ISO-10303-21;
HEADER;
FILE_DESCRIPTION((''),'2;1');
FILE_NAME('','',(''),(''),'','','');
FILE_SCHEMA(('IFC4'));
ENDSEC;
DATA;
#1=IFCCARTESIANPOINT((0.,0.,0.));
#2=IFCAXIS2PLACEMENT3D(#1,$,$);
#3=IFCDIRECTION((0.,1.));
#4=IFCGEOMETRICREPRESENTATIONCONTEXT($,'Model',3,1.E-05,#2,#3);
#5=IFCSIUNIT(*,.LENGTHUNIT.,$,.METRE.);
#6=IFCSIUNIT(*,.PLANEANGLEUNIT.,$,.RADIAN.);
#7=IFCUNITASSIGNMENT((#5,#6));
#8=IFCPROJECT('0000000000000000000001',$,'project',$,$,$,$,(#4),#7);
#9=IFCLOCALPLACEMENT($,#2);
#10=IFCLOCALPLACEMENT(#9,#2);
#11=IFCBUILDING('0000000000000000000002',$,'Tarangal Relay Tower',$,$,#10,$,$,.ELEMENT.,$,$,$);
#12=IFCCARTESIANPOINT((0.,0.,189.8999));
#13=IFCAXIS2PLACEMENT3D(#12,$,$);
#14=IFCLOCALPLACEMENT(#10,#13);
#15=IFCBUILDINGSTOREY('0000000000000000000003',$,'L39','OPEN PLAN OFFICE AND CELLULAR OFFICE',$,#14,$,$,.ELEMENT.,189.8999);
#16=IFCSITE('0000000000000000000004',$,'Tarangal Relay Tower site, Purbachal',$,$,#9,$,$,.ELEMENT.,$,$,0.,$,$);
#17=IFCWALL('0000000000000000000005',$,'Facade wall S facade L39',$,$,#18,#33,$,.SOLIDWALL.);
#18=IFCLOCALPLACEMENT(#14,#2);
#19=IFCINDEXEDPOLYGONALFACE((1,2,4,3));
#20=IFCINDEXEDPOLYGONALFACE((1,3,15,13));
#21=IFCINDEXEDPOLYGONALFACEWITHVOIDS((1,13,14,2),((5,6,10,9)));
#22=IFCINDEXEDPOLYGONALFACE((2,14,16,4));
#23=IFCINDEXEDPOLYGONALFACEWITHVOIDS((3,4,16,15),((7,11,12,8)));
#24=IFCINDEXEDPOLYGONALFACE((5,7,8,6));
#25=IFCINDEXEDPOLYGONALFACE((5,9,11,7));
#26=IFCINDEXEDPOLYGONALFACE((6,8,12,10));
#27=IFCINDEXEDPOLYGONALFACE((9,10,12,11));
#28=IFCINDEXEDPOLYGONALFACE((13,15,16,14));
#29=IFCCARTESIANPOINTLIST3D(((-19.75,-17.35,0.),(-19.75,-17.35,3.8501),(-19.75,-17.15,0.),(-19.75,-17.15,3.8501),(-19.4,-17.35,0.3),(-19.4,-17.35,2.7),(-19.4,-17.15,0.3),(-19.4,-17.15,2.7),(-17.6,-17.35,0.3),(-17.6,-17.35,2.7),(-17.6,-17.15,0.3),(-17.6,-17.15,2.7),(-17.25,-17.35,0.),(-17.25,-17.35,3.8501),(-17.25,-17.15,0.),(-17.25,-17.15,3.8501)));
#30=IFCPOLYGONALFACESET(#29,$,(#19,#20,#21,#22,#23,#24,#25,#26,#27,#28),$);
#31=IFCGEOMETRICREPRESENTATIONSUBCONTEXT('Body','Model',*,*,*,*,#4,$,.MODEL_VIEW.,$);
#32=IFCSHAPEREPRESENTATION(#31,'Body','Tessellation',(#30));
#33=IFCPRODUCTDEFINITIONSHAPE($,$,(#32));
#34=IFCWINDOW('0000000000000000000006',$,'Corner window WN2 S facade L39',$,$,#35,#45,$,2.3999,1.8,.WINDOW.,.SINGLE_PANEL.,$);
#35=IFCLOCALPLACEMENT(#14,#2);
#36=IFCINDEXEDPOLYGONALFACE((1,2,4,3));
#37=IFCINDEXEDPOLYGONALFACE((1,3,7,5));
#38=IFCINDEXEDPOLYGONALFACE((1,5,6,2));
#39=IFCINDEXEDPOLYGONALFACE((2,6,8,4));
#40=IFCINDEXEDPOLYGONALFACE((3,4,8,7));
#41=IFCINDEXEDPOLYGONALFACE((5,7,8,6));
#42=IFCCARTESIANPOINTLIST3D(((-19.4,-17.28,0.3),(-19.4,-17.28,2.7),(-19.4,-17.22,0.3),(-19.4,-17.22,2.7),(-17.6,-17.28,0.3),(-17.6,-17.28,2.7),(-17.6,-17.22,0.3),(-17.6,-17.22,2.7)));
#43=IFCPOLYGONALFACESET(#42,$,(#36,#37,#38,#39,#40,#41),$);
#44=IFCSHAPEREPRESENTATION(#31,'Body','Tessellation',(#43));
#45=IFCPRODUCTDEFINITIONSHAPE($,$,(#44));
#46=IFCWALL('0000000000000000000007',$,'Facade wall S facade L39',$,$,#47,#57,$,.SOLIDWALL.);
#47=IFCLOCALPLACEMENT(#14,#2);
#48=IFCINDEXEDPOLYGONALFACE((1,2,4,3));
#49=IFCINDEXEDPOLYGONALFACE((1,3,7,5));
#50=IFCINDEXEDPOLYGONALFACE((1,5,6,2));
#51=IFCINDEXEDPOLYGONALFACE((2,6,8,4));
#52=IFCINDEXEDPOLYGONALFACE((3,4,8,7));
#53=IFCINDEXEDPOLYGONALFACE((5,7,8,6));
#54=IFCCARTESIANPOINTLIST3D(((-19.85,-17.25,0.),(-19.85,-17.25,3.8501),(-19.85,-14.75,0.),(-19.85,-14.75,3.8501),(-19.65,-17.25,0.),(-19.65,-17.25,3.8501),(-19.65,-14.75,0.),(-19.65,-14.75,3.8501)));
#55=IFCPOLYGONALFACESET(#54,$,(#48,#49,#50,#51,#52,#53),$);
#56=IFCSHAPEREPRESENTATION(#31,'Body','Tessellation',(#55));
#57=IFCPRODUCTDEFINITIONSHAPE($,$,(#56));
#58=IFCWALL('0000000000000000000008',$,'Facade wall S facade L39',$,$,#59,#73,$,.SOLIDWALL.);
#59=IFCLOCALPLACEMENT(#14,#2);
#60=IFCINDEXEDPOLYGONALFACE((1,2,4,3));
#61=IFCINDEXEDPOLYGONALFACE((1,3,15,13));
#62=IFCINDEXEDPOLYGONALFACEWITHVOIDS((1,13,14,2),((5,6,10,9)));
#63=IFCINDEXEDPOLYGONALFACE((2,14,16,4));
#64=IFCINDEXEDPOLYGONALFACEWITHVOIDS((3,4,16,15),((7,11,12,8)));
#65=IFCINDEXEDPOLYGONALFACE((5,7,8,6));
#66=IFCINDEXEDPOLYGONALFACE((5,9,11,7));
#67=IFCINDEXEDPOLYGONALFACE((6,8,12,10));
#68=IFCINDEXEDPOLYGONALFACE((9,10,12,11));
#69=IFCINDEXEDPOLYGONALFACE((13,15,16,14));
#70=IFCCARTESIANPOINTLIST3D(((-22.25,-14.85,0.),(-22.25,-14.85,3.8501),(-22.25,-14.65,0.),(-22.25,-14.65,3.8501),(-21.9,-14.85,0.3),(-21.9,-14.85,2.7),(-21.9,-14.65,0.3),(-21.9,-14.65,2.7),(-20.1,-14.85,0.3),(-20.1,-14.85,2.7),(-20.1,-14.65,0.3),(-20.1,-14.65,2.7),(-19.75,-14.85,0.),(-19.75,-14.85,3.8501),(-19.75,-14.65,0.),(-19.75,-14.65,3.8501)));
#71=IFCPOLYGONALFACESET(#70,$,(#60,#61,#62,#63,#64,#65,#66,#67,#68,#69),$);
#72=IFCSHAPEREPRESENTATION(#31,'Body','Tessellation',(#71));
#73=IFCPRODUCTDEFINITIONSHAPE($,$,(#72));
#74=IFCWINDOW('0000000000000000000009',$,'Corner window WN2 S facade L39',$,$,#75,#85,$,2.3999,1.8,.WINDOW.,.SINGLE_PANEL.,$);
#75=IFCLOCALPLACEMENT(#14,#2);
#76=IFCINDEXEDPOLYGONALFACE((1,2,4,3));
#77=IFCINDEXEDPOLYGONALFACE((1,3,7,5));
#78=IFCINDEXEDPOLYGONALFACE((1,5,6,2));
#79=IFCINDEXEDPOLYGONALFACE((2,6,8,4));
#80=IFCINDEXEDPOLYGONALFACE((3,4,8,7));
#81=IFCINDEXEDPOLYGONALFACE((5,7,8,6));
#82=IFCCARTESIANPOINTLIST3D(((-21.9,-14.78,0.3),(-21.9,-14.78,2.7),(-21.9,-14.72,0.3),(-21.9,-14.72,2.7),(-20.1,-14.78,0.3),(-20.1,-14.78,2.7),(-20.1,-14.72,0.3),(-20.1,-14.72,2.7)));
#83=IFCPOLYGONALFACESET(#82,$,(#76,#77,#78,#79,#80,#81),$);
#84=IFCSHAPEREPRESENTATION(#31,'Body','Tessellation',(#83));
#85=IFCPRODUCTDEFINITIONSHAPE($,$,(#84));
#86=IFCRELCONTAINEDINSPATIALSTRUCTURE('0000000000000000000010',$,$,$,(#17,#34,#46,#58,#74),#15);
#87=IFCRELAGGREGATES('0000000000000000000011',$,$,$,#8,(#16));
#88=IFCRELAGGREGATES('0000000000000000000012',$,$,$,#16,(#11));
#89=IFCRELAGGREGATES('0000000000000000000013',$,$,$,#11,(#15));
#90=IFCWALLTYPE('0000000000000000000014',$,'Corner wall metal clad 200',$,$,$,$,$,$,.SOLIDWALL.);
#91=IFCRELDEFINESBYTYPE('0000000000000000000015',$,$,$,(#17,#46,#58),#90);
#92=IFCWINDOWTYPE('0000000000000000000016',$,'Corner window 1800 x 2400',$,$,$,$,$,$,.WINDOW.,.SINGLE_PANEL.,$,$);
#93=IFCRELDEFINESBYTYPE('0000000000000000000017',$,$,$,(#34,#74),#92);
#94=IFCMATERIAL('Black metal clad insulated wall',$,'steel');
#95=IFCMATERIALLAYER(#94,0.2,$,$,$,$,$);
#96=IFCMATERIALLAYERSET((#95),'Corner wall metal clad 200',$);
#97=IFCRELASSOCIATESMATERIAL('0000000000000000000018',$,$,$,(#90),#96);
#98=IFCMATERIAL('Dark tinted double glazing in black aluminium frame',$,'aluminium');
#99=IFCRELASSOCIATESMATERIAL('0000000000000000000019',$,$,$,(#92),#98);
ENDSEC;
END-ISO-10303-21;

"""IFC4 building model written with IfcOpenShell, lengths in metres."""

from ifc_helpers import new_model, si_unit, direction, frame, frame_2d, origin, place, context, subcontext, project, spatial, rectangle, extrude, material, layer, layer_set, type_object, element, fill, save


model = new_model("IFC4")

# Units and contexts
model_context = context("Model", 3, precision=1e-05, world=origin(), true_north=direction((0.0, 1.0)))
body_context = subcontext(model_context, "Body", "Model", "MODEL_VIEW")
ifc_project = project(units=[si_unit("LENGTHUNIT", "METRE"), si_unit("PLANEANGLEUNIT", "RADIAN")], contexts=[model_context])

# Site, building, storey
site_placement = place(None, origin())
site = spatial("IfcSite", under=ifc_project, at=site_placement, Name="Tarangal Relay Tower site, Purbachal", CompositionType="ELEMENT", RefElevation=0.0)
building_placement = place(site_placement, origin())
building = spatial("IfcBuilding", under=site, at=building_placement, Name="Tarangal Relay Tower", CompositionType="ELEMENT")
storey_placement = place(building_placement, frame((0.0, 0.0, 189.8999)))
storey = spatial("IfcBuildingStorey", under=building, at=storey_placement, Name="L39", Description="OPEN PLAN OFFICE AND CELLULAR OFFICE", CompositionType="ELEMENT", Elevation=189.8999)

# Wall, opening, window
ifc_material_1 = material(Name="Black metal clad insulated wall", Category="steel")
ifc_layer_1 = layer(ifc_material_1, 0.2)
ifc_layer_set_1 = layer_set([ifc_layer_1], Name="Corner wall metal clad 200")
wall_type_1 = type_object("IfcWallType", Name="Corner wall metal clad 200", PredefinedType="SOLIDWALL", material=ifc_layer_set_1)
wall_1_placement = place(storey_placement, frame((-17.25, -17.25, 0.0), z_axis=(0.0, 0.0, 1.0), x_axis=(-1.0, 0.0, 0.0)))
wall_1 = element("IfcWall", 1, at=wall_1_placement, inside=storey, type_object=wall_type_1, Name="Facade wall S facade L39", PredefinedType="SOLIDWALL", context=body_context, shape_type="SweptSolid", body=[
    extrude(rectangle(XDim=2.5, YDim=0.2, at=frame_2d((1.25, 0.0))), origin(), (0.0, 0.0, 1.0), 3.8501),
])
opening_1_placement = place(wall_1_placement, frame((0.3501, 0.0, 0.3)))
opening_1 = element("IfcOpeningElement", 2, at=opening_1_placement, cuts=wall_1, PredefinedType="OPENING", context=body_context, shape_type="SweptSolid", body=[
    extrude(rectangle(XDim=1.8, YDim=2.3999, at=frame_2d((0.8999, 1.2))), frame((0.0, 0.1099, 0.0), z_axis=(0.0, -1.0, 0.0), x_axis=(1.0, 0.0, 0.0)), (0.0, 0.0, 1.0), 0.22),
])
ifc_material_2 = material(Name="Dark tinted double glazing in black aluminium frame", Category="aluminium")
window_type = type_object("IfcWindowType", Name="Corner window 1800 x 2400", PartitioningType="SINGLE_PANEL", PredefinedType="WINDOW", material=ifc_material_2)
window_1_placement = place(opening_1_placement, origin())
window_1 = element("IfcWindow", 3, at=window_1_placement, inside=storey, type_object=window_type, Name="Corner window WN2 S facade L39", OverallHeight=2.3999, OverallWidth=1.8, PartitioningType="SINGLE_PANEL", PredefinedType="WINDOW", context=body_context, shape_type="SweptSolid", body=[
    extrude(rectangle(XDim=1.8, YDim=2.3999, at=frame_2d((0.8999, 1.2))), frame((0.0, 0.03, 0.0), z_axis=(0.0, -1.0, 0.0), x_axis=(1.0, 0.0, 0.0)), (0.0, 0.0, 1.0), 0.0601),
])
fill(opening_1, window_1)

# Wall
wall_2_placement = place(storey_placement, frame((-19.75, -17.25, 0.0), z_axis=(0.0, 0.0, 1.0), x_axis=(0.0, 1.0, 0.0)))
element("IfcWall", 4, at=wall_2_placement, inside=storey, type_object=wall_type_1, Name="Facade wall S facade L39", PredefinedType="SOLIDWALL", context=body_context, shape_type="SweptSolid", body=[
    extrude(rectangle(XDim=2.5, YDim=0.2, at=frame_2d((1.25, 0.0))), origin(), (0.0, 0.0, 1.0), 3.8501),
])

# Wall, opening, window
wall_3_placement = place(storey_placement, frame((-19.75, -14.75, 0.0), z_axis=(0.0, 0.0, 1.0), x_axis=(-1.0, 0.0, 0.0)))
wall_3 = element("IfcWall", 5, at=wall_3_placement, inside=storey, type_object=wall_type_1, Name="Facade wall S facade L39", PredefinedType="SOLIDWALL", context=body_context, shape_type="SweptSolid", body=[
    extrude(rectangle(XDim=2.5, YDim=0.2, at=frame_2d((1.25, 0.0))), origin(), (0.0, 0.0, 1.0), 3.8501),
])
opening_2_placement = place(wall_3_placement, frame((0.3501, 0.0, 0.3)))
opening_2 = element("IfcOpeningElement", 6, at=opening_2_placement, cuts=wall_3, PredefinedType="OPENING", context=body_context, shape_type="SweptSolid", body=[
    extrude(rectangle(XDim=1.8, YDim=2.3999, at=frame_2d((0.8999, 1.2))), frame((0.0, 0.1099, 0.0), z_axis=(0.0, -1.0, 0.0), x_axis=(1.0, 0.0, 0.0)), (0.0, 0.0, 1.0), 0.22),
])
window_2_placement = place(opening_2_placement, origin())
window_2 = element("IfcWindow", 7, at=window_2_placement, inside=storey, type_object=window_type, Name="Corner window WN2 S facade L39", OverallHeight=2.3999, OverallWidth=1.8, PartitioningType="SINGLE_PANEL", PredefinedType="WINDOW", context=body_context, shape_type="SweptSolid", body=[
    extrude(rectangle(XDim=1.8, YDim=2.3999, at=frame_2d((0.8999, 1.2))), frame((0.0, 0.03, 0.0), z_axis=(0.0, -1.0, 0.0), x_axis=(1.0, 0.0, 0.0)), (0.0, 0.0, 1.0), 0.0601),
])
fill(opening_2, window_2)

save(model, "model.ifc")
